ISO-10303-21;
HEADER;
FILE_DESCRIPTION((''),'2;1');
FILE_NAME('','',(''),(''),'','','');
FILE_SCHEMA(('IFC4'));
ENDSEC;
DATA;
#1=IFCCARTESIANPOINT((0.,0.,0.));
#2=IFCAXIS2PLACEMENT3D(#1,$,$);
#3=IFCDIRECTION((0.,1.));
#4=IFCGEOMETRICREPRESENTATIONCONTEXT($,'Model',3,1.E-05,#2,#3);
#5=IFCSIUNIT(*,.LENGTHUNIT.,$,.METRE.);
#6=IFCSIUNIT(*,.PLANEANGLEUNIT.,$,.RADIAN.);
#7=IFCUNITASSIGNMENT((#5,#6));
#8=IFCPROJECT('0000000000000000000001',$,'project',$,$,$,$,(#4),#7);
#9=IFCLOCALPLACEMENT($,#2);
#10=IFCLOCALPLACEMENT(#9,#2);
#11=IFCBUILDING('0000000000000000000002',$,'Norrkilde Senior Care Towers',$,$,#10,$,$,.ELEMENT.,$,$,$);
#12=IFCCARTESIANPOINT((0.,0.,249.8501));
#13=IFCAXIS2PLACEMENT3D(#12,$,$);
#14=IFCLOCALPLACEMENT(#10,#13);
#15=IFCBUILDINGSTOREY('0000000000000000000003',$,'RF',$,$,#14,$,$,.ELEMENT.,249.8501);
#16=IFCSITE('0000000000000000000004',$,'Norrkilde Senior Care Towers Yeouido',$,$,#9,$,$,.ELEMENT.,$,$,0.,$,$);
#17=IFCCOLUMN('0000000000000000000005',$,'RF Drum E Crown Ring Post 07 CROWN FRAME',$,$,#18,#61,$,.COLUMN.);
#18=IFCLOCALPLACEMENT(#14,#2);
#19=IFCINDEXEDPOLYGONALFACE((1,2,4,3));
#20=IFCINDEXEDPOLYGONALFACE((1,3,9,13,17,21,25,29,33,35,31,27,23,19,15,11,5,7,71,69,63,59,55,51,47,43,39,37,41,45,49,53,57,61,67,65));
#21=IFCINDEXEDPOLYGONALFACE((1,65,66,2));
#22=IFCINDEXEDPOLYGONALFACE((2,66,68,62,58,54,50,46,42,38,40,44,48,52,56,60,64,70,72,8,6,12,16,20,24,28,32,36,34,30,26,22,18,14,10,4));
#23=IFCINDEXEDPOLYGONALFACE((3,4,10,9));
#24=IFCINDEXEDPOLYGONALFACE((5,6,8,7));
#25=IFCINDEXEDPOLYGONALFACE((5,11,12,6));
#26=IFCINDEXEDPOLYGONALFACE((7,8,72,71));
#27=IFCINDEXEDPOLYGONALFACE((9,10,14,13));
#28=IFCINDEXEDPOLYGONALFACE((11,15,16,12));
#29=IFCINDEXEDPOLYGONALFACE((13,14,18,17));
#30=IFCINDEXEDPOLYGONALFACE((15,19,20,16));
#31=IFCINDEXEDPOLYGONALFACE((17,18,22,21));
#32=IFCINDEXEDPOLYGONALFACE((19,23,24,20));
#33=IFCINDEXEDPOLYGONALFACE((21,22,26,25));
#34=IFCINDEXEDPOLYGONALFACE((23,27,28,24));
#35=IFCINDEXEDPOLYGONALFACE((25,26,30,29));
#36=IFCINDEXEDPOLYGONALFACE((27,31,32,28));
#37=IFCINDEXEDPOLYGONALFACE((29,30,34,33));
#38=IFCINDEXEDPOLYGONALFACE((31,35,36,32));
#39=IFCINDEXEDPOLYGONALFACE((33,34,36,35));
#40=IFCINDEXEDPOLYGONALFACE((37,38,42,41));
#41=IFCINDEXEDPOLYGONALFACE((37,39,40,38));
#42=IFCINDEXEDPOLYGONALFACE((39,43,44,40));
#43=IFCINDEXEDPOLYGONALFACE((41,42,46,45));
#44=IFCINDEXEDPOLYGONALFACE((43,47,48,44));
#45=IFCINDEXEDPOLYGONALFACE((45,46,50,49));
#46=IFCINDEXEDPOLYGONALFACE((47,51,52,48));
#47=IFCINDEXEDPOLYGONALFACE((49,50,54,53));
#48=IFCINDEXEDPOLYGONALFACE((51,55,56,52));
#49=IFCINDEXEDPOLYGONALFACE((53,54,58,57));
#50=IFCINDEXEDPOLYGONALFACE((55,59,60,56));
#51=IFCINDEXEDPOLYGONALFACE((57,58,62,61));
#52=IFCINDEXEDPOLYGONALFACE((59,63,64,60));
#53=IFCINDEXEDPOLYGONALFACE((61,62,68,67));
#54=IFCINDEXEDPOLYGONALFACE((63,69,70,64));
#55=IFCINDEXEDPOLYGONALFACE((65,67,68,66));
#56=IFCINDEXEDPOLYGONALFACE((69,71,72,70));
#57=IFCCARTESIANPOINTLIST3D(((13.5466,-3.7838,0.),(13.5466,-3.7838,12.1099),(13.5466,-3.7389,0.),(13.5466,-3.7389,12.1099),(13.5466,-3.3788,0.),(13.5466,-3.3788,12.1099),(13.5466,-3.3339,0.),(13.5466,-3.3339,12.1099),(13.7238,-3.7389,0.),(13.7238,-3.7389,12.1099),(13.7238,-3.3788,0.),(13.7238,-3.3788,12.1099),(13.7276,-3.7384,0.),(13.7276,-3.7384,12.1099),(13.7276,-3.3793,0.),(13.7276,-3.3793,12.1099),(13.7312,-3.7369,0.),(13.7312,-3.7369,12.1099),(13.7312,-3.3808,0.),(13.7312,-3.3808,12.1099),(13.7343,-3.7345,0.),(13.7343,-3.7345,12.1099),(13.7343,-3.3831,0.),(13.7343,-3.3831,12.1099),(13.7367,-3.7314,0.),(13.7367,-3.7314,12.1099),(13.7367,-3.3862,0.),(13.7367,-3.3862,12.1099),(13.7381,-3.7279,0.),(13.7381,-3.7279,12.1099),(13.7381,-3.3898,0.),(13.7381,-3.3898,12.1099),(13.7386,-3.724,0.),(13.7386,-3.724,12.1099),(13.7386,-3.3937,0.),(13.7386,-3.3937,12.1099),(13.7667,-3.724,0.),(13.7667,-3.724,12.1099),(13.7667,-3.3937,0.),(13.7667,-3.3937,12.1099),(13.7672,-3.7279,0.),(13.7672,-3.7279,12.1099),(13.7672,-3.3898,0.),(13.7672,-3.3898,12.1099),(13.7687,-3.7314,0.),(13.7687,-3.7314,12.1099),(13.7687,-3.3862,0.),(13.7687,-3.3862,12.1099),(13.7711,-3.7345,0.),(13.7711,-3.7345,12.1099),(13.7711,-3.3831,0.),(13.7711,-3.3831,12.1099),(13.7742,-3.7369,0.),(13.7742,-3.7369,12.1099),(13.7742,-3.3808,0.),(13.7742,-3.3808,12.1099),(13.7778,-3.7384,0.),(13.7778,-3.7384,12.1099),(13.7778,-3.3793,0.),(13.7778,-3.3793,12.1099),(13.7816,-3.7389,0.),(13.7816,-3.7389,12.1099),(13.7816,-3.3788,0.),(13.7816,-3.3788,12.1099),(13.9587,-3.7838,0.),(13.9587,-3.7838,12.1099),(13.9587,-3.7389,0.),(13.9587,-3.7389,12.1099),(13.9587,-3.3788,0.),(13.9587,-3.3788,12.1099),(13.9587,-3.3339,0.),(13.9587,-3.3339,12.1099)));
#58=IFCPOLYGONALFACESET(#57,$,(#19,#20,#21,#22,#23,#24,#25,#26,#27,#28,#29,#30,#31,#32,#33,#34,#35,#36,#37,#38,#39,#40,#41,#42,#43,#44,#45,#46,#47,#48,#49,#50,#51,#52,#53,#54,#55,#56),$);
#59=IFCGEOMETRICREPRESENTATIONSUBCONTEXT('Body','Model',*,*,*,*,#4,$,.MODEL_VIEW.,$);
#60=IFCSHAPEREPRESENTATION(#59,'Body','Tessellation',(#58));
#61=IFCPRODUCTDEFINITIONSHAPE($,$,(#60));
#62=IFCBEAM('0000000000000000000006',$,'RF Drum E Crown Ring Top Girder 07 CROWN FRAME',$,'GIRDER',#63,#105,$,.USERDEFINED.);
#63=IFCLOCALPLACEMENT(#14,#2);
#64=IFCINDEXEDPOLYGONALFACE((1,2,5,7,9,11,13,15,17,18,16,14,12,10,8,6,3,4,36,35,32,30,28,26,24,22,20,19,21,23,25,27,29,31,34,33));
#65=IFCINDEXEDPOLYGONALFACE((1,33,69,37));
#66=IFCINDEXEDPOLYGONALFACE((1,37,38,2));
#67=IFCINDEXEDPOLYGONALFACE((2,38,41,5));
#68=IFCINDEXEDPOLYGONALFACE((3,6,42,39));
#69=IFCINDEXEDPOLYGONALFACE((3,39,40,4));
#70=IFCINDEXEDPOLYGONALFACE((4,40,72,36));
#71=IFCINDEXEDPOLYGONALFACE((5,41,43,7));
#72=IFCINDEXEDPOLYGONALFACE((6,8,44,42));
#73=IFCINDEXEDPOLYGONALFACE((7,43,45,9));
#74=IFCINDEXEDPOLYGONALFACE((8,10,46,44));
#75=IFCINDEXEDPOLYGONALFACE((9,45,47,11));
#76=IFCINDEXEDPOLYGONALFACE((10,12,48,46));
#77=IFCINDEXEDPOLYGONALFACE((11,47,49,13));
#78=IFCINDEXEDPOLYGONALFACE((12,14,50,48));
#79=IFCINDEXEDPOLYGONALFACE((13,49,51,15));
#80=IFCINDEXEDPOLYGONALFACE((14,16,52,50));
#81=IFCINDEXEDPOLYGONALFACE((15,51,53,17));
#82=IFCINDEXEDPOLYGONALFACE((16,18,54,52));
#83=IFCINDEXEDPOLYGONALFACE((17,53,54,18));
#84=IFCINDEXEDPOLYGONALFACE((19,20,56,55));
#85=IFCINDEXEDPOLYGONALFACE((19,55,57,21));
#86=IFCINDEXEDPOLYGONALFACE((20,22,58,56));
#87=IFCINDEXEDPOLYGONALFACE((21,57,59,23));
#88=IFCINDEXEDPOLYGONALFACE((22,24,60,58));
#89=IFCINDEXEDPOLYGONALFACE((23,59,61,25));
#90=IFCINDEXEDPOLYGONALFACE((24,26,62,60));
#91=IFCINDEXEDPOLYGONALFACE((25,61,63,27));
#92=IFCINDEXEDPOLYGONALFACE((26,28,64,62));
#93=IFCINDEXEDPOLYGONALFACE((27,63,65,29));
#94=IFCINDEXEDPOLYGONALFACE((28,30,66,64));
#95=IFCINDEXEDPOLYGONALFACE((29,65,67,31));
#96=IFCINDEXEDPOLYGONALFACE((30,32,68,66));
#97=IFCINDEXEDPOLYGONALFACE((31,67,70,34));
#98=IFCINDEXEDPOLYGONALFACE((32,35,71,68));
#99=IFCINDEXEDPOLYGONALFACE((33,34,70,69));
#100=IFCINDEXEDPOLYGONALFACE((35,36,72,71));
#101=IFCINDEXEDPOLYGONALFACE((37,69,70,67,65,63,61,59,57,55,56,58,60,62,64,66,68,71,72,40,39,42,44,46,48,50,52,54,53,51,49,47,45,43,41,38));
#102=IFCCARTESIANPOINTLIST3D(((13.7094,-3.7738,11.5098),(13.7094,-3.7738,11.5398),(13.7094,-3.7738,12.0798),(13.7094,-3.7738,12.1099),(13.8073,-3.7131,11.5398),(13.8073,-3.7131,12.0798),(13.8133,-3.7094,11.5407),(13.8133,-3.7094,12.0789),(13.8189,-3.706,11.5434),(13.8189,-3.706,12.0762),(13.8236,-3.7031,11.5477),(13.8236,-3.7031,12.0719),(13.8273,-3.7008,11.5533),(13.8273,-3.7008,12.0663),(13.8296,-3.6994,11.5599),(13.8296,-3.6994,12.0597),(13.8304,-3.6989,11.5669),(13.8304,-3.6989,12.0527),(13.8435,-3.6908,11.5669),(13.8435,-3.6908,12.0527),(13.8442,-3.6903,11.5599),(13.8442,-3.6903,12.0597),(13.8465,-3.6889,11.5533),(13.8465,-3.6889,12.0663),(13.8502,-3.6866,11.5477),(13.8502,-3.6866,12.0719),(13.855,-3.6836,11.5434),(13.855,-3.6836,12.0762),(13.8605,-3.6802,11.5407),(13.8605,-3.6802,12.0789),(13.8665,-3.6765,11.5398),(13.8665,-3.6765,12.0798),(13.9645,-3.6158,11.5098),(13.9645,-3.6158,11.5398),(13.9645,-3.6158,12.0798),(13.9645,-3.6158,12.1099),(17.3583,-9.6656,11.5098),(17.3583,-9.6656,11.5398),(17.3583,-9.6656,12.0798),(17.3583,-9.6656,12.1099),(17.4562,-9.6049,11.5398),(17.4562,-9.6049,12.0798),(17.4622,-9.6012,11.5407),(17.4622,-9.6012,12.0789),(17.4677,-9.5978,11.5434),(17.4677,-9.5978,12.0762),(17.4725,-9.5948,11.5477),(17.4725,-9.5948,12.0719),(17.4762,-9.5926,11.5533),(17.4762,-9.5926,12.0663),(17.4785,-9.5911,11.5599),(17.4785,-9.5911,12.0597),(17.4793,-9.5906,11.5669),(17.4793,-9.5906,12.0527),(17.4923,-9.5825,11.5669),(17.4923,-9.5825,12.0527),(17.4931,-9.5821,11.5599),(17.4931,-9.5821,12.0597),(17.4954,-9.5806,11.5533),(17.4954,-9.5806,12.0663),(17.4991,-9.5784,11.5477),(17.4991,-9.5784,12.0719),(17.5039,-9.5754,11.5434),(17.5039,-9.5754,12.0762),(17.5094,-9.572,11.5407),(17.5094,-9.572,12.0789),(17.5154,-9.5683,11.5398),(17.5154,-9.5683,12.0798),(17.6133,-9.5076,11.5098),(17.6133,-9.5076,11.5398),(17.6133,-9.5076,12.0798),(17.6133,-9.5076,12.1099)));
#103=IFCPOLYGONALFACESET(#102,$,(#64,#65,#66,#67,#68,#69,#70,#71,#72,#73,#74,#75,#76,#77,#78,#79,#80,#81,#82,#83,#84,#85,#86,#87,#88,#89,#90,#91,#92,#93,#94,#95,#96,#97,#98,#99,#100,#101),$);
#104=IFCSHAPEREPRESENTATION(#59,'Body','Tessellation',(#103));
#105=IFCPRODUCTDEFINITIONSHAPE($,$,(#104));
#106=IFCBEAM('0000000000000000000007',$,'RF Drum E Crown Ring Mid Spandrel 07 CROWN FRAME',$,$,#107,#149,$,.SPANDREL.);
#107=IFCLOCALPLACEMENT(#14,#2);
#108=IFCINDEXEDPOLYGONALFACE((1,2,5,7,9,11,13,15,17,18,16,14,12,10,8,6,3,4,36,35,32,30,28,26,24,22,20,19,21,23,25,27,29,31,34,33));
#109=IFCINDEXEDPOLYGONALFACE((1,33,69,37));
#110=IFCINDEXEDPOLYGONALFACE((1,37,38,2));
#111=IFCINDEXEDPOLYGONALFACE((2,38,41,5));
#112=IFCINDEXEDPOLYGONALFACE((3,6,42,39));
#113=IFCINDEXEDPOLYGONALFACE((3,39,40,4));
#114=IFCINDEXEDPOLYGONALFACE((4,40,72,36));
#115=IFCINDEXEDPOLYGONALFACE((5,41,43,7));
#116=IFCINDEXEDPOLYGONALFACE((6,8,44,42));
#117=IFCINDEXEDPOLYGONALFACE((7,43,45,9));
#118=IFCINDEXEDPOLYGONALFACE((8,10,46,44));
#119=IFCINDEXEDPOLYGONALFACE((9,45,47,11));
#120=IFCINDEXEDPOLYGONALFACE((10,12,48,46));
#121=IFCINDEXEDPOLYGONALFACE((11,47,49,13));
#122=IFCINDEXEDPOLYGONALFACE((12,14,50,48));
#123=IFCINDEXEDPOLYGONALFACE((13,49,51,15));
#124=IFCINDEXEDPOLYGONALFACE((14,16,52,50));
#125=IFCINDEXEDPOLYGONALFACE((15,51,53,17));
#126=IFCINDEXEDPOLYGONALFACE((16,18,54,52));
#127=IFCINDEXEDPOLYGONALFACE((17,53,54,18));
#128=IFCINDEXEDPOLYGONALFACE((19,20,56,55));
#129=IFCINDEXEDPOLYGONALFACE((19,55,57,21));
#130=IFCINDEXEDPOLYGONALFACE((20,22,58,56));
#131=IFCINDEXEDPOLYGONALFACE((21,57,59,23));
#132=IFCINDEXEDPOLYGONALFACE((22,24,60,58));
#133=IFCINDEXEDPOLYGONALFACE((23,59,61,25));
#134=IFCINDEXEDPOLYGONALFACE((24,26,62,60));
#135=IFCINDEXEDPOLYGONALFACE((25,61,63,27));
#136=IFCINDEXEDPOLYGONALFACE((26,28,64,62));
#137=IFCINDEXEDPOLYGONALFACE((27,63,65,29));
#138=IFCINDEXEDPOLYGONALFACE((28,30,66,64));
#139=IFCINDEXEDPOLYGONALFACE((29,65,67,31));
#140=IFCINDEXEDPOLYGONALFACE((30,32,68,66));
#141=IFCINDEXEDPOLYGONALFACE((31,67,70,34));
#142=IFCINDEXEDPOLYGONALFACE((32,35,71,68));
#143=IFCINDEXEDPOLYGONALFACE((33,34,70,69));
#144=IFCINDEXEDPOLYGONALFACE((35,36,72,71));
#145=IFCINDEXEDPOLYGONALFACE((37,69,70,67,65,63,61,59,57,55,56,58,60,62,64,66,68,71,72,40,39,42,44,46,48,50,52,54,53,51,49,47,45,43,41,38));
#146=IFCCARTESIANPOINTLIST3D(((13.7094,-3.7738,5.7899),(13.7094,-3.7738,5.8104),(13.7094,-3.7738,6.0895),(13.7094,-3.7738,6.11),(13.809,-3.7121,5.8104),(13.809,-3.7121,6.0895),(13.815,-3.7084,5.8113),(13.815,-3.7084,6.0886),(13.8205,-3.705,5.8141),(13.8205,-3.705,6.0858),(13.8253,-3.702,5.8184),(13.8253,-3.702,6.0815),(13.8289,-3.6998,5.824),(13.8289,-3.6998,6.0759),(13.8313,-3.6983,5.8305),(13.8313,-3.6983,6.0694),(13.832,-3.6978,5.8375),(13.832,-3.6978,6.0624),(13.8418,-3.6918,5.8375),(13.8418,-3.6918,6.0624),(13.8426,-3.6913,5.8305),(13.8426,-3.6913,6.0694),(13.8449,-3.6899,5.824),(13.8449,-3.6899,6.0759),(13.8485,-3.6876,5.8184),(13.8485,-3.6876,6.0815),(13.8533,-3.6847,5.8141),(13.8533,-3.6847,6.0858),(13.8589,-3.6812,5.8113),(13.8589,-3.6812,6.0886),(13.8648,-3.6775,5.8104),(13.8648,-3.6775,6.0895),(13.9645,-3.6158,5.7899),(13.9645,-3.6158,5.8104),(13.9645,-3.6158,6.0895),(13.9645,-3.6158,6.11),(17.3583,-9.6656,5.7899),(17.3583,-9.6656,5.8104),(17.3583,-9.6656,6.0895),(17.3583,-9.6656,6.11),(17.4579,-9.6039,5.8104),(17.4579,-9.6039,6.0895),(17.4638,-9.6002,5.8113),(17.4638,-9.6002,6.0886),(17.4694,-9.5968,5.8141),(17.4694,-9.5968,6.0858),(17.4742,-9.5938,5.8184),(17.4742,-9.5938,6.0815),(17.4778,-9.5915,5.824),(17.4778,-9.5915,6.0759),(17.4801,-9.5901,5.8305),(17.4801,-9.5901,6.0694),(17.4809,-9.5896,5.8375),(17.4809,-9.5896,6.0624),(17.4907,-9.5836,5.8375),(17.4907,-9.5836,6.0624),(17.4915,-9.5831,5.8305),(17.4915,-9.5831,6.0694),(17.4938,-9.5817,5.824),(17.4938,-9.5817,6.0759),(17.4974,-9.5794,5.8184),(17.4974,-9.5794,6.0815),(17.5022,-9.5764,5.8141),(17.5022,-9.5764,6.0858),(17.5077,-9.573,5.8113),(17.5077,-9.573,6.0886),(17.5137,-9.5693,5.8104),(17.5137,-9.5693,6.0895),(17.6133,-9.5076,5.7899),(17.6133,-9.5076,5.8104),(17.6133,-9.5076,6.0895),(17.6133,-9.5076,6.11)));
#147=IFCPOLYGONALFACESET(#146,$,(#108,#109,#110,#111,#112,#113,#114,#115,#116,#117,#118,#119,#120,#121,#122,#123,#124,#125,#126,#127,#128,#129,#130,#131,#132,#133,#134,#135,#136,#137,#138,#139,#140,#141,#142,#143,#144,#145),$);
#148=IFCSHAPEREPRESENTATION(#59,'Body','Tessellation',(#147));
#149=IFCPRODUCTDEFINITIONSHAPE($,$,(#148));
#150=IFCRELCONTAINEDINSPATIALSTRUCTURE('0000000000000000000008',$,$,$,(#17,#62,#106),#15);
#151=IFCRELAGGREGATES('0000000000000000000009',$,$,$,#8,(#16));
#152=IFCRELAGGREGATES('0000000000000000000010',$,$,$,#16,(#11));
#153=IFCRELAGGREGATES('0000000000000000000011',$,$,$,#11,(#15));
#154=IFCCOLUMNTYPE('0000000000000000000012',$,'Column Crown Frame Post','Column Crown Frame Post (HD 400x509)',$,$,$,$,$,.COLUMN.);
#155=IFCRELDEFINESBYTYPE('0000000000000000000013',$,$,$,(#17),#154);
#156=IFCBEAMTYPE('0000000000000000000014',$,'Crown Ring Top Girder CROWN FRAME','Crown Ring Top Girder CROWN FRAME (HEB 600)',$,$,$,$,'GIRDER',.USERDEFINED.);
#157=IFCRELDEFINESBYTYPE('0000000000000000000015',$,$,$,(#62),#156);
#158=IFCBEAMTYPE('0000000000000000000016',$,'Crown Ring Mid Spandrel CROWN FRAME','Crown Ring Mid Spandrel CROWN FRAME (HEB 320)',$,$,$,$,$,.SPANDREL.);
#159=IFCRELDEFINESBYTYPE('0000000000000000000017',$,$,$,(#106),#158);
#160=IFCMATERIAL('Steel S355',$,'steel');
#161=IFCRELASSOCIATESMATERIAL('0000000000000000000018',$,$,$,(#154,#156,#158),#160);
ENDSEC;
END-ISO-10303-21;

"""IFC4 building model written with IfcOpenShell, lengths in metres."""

from ifc_helpers import new_model, si_unit, direction, frame, origin, origin_2d, place, context, subcontext, project, spatial, i_section, extrude, source, transform, mapped, material, material_profile, profile_set, type_object, type_shapes, element, save


model = new_model("IFC4")

# Units and contexts
model_context = context("Model", 3, precision=1e-05, world=origin(), true_north=direction((0.0, 1.0)))
body_context = subcontext(model_context, "Body", "Model", "MODEL_VIEW")
ifc_project = project(units=[si_unit("LENGTHUNIT", "METRE"), si_unit("PLANEANGLEUNIT", "RADIAN")], contexts=[model_context])

# Site, building, storey
site_placement = place(None, origin())
site = spatial("IfcSite", under=ifc_project, at=site_placement, Name="Norrkilde Senior Care Towers Yeouido", CompositionType="ELEMENT", RefElevation=0.0)
building_placement = place(site_placement, origin())
building = spatial("IfcBuilding", under=site, at=building_placement, Name="Norrkilde Senior Care Towers", CompositionType="ELEMENT")
storey_placement = place(building_placement, frame((0.0, 0.0, 249.8501)))
storey = spatial("IfcBuildingStorey", under=building, at=storey_placement, Name="RF", CompositionType="ELEMENT", Elevation=249.8501)

# Column
ifc_material_1 = material(Name="Steel S355", Category="steel")
ifc_material_profile_1 = material_profile(ifc_material_1, i_section(OverallWidth=0.4121, OverallDepth=0.45, WebThickness=0.0281, FlangeThickness=0.0449, FilletRadius=0.0149, at=origin_2d()), Name="HD 400x509")
ifc_profile_set_1 = profile_set([ifc_material_profile_1], Name="Steel S355")
column_type = type_object("IfcColumnType", Name="Column Crown Frame Post", Description="Column Crown Frame Post (HD 400x509)", PredefinedType="COLUMN", material=ifc_profile_set_1)
shared_shape_1 = source(origin(), body_context, "Body", "SweptSolid", [
    extrude(i_section(OverallWidth=0.4121, OverallDepth=0.45, WebThickness=0.0281, FlangeThickness=0.0449, FilletRadius=0.0149, at=origin_2d()), origin(), (0.0, 0.0, 1.0), 12.1099),
])
type_shapes(column_type, [shared_shape_1])
column_placement = place(storey_placement, frame((13.7527, -3.5588, 0.0), z_axis=(0.0, 0.0, 1.0), x_axis=(1.0, 0.0, 0.0)))
element("IfcColumn", 1, at=column_placement, inside=storey, type_object=column_type, Name="RF Drum E Crown Ring Post 07 CROWN FRAME", PredefinedType="COLUMN", context=body_context, shape_type="MappedRepresentation", body=[
    mapped(shared_shape_1, transform((0.0, 0.0, 0.0), x_axis=(1.0, 0.0, 0.0), y_axis=(0.0, 1.0, 0.0), z_axis=(0.0, 0.0, 1.0), scale=1.0)),
])

# Beams
ifc_material_profile_2 = material_profile(ifc_material_1, i_section(OverallWidth=0.3, OverallDepth=0.6001, WebThickness=0.0154, FlangeThickness=0.03, FilletRadius=0.0271, at=origin_2d()), Name="HEB 600")
ifc_profile_set_2 = profile_set([ifc_material_profile_2], Name="Steel S355")
beam_type_1 = type_object("IfcBeamType", Name="Crown Ring Top Girder CROWN FRAME", Description="Crown Ring Top Girder CROWN FRAME (HEB 600)", ElementType="GIRDER", PredefinedType="USERDEFINED", material=ifc_profile_set_2)
shared_shape_2 = source(origin(), body_context, "Body", "SweptSolid", [
    extrude(i_section(OverallWidth=0.3, OverallDepth=0.6001, WebThickness=0.0154, FlangeThickness=0.03, FilletRadius=0.0271, at=origin_2d()), origin(), (0.0, 0.0, 1.0), 6.9302),
])
type_shapes(beam_type_1, [shared_shape_2])
beam_1_placement = place(storey_placement, frame((13.8369, -3.6948, 11.8098), z_axis=(0.526521, -0.850162, 0.0), x_axis=(0.850162, 0.526521, 0.0)))
element("IfcBeam", 2, at=beam_1_placement, inside=storey, type_object=beam_type_1, Name="RF Drum E Crown Ring Top Girder 07 CROWN FRAME", ObjectType="GIRDER", PredefinedType="USERDEFINED", context=body_context, shape_type="MappedRepresentation", body=[
    mapped(shared_shape_2, transform((0.0, 0.0, 0.0), x_axis=(1.0, 0.0, 0.0), y_axis=(0.0, 1.0, 0.0), z_axis=(0.0, 0.0, 1.0), scale=1.0)),
])
ifc_material_profile_3 = material_profile(ifc_material_1, i_section(OverallWidth=0.3, OverallDepth=0.3201, WebThickness=0.0115, FlangeThickness=0.0205, FilletRadius=0.0271, at=origin_2d()), Name="HEB 320")
ifc_profile_set_3 = profile_set([ifc_material_profile_3], Name="Steel S355")
beam_type_2 = type_object("IfcBeamType", Name="Crown Ring Mid Spandrel CROWN FRAME", Description="Crown Ring Mid Spandrel CROWN FRAME (HEB 320)", PredefinedType="SPANDREL", material=ifc_profile_set_3)
shared_shape_3 = source(origin(), body_context, "Body", "SweptSolid", [
    extrude(i_section(OverallWidth=0.3, OverallDepth=0.3201, WebThickness=0.0115, FlangeThickness=0.0205, FilletRadius=0.0271, at=origin_2d()), origin(), (0.0, 0.0, 1.0), 6.9302),
])
type_shapes(beam_type_2, [shared_shape_3])
beam_2_placement = place(storey_placement, frame((13.8369, -3.6948, 5.95), z_axis=(0.526521, -0.850162, 0.0), x_axis=(0.850162, 0.526521, 0.0)))
element("IfcBeam", 3, at=beam_2_placement, inside=storey, type_object=beam_type_2, Name="RF Drum E Crown Ring Mid Spandrel 07 CROWN FRAME", PredefinedType="SPANDREL", context=body_context, shape_type="MappedRepresentation", body=[
    mapped(shared_shape_3, transform((0.0, 0.0, 0.0), x_axis=(1.0, 0.0, 0.0), y_axis=(0.0, 1.0, 0.0), z_axis=(0.0, 0.0, 1.0), scale=1.0)),
])

save(model, "model.ifc")
